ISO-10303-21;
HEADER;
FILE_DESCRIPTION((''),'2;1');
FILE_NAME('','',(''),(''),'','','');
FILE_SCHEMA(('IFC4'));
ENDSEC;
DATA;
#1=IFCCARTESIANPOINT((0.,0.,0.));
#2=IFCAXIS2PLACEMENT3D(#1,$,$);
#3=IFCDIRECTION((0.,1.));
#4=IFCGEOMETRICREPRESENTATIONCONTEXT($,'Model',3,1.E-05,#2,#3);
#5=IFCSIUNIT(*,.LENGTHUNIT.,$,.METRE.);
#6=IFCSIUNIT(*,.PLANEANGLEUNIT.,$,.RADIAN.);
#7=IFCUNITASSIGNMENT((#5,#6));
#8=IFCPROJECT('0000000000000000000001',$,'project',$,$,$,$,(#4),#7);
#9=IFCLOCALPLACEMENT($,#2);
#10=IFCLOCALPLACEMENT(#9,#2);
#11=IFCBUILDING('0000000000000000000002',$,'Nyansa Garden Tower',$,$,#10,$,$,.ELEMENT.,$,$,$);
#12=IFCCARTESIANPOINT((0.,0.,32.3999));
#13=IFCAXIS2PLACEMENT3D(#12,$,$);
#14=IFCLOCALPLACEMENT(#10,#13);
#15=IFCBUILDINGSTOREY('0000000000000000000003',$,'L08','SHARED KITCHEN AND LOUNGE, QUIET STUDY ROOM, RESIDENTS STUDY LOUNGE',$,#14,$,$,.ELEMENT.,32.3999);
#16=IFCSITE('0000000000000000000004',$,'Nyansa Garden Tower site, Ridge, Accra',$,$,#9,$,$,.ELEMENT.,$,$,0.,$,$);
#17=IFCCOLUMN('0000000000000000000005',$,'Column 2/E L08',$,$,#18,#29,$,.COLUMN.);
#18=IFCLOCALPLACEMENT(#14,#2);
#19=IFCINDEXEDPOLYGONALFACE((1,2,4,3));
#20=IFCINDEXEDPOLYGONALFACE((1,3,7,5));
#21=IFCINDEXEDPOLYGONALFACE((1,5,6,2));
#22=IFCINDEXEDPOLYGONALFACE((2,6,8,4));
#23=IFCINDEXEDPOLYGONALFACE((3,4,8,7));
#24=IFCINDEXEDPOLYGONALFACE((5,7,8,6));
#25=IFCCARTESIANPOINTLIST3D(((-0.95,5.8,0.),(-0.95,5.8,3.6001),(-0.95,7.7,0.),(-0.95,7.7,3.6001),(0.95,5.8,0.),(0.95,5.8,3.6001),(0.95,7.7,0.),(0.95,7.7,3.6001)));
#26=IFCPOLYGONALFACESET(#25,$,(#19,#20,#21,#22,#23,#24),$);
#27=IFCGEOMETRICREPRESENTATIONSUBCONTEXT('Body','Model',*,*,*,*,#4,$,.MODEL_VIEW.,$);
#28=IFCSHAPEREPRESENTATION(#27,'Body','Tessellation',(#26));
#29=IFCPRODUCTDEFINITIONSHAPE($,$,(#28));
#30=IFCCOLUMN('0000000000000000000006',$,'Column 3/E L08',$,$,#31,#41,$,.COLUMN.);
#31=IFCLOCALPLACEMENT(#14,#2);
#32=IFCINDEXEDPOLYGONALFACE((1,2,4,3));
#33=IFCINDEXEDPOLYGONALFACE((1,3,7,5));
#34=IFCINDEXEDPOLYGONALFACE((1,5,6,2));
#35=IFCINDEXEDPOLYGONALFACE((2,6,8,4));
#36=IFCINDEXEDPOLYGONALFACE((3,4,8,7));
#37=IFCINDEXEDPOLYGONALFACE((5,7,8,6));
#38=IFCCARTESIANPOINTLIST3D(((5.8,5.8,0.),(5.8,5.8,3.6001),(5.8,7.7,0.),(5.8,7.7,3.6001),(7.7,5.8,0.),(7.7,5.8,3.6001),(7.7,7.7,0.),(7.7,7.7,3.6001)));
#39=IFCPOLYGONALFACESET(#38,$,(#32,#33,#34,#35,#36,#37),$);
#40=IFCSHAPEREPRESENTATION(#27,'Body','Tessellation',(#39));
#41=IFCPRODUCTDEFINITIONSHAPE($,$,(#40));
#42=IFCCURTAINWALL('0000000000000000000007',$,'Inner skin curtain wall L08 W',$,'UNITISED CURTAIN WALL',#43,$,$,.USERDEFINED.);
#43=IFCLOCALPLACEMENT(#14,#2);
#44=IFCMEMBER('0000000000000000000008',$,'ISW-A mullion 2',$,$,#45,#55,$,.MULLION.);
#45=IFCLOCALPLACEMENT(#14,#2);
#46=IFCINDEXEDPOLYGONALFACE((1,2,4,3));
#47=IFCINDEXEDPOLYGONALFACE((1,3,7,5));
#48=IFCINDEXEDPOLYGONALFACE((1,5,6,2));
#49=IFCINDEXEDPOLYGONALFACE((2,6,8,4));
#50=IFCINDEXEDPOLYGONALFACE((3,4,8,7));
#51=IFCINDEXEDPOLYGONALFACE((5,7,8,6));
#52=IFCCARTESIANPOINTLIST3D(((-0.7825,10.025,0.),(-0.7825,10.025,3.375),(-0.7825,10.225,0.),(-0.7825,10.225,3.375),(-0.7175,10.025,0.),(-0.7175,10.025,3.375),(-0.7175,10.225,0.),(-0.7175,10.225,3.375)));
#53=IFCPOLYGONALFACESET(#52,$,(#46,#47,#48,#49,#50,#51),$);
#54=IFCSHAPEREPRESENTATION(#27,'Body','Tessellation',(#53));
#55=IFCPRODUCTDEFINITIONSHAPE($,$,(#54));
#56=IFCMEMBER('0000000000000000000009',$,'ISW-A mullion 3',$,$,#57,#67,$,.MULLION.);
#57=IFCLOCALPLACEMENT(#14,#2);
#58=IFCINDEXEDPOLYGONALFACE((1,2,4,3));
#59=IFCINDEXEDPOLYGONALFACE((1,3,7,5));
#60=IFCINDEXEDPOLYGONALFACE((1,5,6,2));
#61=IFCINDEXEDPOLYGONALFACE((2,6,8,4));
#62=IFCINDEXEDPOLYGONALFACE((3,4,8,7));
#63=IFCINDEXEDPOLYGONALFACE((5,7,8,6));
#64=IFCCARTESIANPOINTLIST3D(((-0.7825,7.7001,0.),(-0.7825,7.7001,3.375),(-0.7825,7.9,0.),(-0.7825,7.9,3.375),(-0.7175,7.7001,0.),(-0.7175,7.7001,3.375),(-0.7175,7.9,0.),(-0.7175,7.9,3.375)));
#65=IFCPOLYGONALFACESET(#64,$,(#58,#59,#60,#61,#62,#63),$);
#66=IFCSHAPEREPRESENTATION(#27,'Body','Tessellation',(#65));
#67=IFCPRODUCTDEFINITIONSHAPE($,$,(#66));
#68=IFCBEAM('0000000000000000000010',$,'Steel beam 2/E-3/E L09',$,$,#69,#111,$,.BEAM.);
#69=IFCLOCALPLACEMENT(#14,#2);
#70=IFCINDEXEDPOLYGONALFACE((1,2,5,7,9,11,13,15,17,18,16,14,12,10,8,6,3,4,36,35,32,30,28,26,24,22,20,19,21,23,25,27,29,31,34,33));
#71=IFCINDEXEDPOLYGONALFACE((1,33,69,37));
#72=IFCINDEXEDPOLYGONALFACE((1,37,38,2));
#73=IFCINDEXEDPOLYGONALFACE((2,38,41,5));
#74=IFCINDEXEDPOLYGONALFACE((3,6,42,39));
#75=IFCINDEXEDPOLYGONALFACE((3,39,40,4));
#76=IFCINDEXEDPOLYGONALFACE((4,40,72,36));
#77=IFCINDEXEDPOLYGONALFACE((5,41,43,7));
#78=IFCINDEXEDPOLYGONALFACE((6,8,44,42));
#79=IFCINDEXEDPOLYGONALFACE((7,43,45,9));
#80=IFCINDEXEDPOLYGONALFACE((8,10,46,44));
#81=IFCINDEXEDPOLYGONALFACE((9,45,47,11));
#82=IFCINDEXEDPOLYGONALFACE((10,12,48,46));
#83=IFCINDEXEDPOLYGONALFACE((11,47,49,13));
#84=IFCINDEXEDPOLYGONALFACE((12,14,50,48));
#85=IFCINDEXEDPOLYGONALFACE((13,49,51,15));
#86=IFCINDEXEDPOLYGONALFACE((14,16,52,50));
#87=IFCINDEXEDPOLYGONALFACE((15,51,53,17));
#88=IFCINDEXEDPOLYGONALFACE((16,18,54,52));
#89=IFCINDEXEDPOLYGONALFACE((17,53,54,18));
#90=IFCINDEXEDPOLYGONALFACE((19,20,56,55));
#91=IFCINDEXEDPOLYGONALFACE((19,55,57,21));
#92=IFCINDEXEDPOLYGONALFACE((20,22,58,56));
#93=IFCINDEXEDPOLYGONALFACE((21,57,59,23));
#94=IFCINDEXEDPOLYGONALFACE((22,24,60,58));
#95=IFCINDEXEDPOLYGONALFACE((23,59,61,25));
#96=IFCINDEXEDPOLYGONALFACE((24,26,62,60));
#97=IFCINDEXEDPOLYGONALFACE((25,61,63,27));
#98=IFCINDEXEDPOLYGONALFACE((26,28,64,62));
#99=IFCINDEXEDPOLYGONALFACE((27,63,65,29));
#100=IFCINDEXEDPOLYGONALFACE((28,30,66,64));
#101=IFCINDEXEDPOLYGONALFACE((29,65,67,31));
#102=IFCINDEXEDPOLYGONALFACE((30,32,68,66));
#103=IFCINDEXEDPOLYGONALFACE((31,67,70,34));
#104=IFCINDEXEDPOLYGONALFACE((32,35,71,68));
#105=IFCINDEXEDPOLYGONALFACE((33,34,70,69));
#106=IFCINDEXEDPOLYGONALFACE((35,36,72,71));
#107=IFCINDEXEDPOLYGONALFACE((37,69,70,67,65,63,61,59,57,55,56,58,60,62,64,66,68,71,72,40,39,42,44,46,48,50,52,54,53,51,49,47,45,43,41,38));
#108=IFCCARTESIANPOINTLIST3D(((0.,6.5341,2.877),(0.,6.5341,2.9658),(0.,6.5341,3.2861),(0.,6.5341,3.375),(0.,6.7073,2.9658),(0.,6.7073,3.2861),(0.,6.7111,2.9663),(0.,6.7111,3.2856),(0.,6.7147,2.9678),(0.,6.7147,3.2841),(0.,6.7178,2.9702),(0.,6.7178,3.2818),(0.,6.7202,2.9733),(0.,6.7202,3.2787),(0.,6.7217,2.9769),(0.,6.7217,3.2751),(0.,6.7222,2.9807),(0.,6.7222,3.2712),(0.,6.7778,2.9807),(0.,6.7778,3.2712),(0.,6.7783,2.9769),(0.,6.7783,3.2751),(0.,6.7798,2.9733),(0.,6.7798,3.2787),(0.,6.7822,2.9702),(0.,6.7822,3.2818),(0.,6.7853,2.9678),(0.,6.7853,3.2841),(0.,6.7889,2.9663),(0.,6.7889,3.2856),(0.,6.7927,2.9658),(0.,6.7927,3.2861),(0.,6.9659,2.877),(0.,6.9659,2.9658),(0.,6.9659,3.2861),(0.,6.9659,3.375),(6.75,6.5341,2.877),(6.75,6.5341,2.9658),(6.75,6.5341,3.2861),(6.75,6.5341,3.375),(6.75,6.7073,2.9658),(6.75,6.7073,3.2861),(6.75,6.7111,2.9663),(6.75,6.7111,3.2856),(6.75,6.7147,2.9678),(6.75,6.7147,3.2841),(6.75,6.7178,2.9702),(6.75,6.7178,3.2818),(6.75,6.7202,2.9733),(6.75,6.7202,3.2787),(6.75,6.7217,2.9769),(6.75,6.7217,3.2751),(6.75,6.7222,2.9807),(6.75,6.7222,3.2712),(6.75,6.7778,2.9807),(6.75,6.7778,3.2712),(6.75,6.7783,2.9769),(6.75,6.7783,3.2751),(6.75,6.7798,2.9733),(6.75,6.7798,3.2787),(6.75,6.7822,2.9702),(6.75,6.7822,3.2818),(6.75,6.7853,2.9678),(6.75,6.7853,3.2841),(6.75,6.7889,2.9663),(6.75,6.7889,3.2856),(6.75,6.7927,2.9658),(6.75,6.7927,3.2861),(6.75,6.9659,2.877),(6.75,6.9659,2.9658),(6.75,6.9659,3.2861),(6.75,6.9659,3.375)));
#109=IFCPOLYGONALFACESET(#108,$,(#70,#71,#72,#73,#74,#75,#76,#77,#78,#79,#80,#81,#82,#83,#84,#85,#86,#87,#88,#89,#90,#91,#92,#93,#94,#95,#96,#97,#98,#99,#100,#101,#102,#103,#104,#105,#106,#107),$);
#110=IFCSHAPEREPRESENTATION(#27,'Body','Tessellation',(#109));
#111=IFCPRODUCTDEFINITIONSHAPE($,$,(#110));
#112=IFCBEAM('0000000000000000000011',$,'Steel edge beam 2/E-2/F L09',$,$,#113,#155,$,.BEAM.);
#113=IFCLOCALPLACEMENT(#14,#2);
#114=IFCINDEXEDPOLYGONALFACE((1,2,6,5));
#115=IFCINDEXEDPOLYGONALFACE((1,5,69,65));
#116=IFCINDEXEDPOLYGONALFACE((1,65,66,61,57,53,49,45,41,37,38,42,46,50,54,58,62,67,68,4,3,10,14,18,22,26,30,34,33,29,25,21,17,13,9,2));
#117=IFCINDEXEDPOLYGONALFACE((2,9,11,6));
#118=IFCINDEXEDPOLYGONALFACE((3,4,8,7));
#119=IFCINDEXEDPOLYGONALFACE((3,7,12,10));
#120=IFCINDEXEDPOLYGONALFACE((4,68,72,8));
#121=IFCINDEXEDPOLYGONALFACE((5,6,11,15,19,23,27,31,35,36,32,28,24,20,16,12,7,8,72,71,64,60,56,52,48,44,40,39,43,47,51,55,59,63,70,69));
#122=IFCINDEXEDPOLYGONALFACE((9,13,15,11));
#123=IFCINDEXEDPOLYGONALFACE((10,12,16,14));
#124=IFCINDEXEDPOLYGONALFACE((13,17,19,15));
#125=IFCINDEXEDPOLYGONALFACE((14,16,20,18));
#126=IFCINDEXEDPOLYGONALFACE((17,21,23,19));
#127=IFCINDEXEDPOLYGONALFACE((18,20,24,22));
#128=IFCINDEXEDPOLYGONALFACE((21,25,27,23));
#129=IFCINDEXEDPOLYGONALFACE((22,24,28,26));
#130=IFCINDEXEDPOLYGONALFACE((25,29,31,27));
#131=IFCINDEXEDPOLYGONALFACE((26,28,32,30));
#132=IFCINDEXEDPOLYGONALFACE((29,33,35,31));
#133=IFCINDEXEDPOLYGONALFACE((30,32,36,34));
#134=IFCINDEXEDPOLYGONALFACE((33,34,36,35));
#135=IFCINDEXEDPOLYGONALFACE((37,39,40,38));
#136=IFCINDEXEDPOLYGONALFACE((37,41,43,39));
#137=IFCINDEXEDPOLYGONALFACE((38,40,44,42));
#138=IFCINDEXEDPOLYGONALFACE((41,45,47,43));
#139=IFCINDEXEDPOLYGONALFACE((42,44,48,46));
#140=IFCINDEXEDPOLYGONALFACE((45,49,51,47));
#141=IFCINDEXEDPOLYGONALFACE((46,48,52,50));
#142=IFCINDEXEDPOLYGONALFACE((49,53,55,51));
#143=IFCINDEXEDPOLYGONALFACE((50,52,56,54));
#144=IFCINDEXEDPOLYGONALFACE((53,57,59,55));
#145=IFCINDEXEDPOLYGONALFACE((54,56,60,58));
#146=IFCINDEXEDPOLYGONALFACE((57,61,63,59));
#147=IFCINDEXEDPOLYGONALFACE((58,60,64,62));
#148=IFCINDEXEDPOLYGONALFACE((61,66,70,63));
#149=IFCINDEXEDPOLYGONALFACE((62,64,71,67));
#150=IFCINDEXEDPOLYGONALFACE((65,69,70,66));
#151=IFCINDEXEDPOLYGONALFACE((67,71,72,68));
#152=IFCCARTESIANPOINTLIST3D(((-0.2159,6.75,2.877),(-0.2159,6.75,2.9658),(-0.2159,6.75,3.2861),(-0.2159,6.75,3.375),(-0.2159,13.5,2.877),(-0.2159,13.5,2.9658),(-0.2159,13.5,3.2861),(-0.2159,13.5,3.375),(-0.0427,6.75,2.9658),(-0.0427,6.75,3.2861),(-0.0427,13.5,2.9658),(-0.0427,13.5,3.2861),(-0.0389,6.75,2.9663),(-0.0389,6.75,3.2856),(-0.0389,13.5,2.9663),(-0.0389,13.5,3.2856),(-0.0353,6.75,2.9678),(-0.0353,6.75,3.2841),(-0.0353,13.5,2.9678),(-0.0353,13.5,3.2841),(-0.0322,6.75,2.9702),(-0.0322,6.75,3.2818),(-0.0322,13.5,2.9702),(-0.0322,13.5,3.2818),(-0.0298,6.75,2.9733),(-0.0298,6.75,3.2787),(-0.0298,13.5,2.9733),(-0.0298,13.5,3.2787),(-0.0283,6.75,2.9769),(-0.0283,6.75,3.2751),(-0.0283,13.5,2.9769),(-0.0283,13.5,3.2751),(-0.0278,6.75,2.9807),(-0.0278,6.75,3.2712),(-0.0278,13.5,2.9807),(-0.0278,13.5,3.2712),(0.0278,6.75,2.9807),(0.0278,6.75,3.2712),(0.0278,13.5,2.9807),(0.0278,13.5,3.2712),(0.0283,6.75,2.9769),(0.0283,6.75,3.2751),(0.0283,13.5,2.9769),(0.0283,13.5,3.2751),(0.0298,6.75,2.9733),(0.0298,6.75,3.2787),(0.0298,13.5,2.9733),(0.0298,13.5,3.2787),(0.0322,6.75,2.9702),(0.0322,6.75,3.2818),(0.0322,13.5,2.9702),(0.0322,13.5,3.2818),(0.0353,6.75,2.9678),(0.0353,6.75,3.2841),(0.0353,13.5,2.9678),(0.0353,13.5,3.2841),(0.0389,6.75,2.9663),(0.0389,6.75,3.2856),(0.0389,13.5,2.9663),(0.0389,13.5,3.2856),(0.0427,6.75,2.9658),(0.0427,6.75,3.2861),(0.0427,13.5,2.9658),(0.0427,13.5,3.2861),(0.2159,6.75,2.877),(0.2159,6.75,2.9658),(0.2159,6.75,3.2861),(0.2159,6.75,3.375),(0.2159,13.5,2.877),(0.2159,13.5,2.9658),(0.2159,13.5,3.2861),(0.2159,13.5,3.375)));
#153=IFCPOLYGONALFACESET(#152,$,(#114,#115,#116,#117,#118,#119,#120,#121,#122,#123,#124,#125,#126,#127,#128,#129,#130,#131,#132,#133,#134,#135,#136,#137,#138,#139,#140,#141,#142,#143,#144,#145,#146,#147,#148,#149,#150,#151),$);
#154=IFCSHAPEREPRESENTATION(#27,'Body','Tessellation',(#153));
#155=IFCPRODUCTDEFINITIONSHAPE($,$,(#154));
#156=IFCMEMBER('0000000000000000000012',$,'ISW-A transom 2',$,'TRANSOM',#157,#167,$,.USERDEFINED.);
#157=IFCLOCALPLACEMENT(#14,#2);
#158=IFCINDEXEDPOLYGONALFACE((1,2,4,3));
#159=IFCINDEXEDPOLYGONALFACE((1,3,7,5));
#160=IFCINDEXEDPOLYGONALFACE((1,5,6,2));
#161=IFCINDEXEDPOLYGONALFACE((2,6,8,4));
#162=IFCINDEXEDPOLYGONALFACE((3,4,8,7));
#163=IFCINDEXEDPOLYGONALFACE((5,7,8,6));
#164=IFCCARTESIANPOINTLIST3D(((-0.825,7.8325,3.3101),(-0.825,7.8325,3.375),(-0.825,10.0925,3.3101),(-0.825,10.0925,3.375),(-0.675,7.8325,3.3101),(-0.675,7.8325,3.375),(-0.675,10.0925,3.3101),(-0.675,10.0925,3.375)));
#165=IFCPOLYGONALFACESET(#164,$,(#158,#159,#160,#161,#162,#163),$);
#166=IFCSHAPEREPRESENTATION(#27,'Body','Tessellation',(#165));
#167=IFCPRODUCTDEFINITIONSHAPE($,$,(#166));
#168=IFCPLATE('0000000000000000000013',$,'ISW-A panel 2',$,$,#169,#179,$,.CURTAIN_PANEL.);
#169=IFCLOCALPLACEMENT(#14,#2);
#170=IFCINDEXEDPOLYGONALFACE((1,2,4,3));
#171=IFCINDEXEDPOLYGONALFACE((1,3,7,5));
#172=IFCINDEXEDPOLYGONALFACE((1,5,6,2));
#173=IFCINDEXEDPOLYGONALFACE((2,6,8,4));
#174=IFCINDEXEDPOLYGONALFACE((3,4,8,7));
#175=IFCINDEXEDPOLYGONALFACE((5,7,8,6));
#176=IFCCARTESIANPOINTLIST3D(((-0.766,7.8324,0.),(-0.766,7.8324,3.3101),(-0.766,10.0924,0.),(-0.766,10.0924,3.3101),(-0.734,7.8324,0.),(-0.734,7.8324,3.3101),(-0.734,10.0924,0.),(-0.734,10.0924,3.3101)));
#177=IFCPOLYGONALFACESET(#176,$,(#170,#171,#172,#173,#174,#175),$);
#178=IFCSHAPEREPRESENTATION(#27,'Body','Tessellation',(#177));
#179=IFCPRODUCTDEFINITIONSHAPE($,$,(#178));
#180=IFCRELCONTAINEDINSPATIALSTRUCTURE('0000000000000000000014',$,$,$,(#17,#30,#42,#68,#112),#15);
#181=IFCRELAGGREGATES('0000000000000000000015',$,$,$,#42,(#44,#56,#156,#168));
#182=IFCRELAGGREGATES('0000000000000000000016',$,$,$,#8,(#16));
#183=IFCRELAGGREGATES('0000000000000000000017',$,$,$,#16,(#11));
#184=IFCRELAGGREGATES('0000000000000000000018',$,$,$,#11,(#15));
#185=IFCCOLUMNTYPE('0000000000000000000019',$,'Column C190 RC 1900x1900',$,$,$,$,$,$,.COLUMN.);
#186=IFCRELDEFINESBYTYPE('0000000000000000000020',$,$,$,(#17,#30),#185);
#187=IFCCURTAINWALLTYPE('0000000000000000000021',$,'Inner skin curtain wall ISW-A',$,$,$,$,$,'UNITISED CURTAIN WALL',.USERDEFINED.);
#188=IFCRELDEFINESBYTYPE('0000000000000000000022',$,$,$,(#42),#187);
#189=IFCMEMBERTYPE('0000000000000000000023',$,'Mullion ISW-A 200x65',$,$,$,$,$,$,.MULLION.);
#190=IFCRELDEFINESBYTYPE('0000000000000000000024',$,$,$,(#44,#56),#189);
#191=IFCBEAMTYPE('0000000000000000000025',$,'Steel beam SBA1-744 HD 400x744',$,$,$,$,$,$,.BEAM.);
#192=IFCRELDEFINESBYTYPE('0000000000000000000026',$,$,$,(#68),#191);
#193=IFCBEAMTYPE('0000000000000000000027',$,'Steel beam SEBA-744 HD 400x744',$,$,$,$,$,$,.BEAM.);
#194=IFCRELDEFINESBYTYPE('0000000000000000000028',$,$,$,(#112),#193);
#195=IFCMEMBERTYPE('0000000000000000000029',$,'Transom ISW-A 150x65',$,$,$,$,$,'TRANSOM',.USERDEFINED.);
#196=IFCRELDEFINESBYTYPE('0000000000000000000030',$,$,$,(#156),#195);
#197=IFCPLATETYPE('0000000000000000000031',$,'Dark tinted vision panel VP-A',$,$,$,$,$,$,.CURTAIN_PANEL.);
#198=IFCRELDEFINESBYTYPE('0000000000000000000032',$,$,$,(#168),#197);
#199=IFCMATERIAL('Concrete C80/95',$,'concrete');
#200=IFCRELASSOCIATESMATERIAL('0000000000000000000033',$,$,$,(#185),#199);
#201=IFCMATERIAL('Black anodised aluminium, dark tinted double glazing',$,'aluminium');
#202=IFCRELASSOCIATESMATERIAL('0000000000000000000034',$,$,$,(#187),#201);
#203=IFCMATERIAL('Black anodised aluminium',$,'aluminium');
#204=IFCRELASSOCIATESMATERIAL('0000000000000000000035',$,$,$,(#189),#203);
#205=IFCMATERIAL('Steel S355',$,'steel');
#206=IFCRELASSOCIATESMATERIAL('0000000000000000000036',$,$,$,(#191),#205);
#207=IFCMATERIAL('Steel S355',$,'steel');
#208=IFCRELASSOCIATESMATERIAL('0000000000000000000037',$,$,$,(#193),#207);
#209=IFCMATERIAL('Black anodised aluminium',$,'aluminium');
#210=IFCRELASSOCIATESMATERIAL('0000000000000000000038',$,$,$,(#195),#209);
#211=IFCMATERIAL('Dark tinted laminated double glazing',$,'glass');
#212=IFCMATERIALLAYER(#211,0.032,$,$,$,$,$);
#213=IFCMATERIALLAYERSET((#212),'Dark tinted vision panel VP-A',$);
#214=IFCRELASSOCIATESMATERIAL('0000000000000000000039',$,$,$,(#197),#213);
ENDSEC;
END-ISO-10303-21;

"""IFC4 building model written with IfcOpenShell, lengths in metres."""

from ifc_helpers import new_model, si_unit, direction, frame, origin, origin_2d, place, context, subcontext, project, spatial, rectangle, i_section, extrude, material, layer, layer_set, material_profile, profile_set, type_object, element, aggregate, save


model = new_model("IFC4")

# Units and contexts
model_context = context("Model", 3, precision=1e-05, world=origin(), true_north=direction((0.0, 1.0)))
body_context = subcontext(model_context, "Body", "Model", "MODEL_VIEW")
ifc_project = project(units=[si_unit("LENGTHUNIT", "METRE"), si_unit("PLANEANGLEUNIT", "RADIAN")], contexts=[model_context])

# Site, building, storey
site_placement = place(None, origin())
site = spatial("IfcSite", under=ifc_project, at=site_placement, Name="Nyansa Garden Tower site, Ridge, Accra", CompositionType="ELEMENT", RefElevation=0.0)
building_placement = place(site_placement, origin())
building = spatial("IfcBuilding", under=site, at=building_placement, Name="Nyansa Garden Tower", CompositionType="ELEMENT")
storey_placement = place(building_placement, frame((0.0, 0.0, 32.3999)))
storey = spatial("IfcBuildingStorey", under=building, at=storey_placement, Name="L08", Description="SHARED KITCHEN AND LOUNGE, QUIET STUDY ROOM, RESIDENTS STUDY LOUNGE", CompositionType="ELEMENT", Elevation=32.3999)

# Columns
ifc_material_1 = material(Name="Concrete C80/95", Category="concrete")
ifc_material_profile_1 = material_profile(ifc_material_1, rectangle(XDim=1.8999, YDim=1.8999, at=origin_2d()), Name="RC 1900x1900")
ifc_profile_set_1 = profile_set([ifc_material_profile_1], Name="Concrete C80/95")
column_type = type_object("IfcColumnType", Name="Column C190 RC 1900x1900", PredefinedType="COLUMN", material=ifc_profile_set_1)
for number, where, z_axis, x_axis, name in (
    (1, (0.0, 6.75, 0.0), (0.0, 0.0, 1.0), (1.0, 0.0, 0.0), "Column 2/E L08"),
    (2, (6.75, 6.75, 0.0), (0.0, 0.0, 1.0), (1.0, 0.0, 0.0), "Column 3/E L08"),
):
    element("IfcColumn", number, at=place(storey_placement, frame(where, z_axis=z_axis, x_axis=x_axis)), inside=storey, type_object=column_type, Name=name, PredefinedType="COLUMN", context=body_context, shape_type="SweptSolid", body=[
        extrude(rectangle(XDim=1.8999, YDim=1.8999, at=origin_2d()), origin(), (0.0, 0.0, 1.0), 3.6001),
    ])

# Curtain wall, members
ifc_material_2 = material(Name="Black anodised aluminium, dark tinted double glazing", Category="aluminium")
curtain_wall_type = type_object("IfcCurtainWallType", Name="Inner skin curtain wall ISW-A", ElementType="UNITISED CURTAIN WALL", PredefinedType="USERDEFINED", material=ifc_material_2)
curtain_wall_placement = place(storey_placement, origin())
curtain_wall = element("IfcCurtainWall", 3, at=curtain_wall_placement, inside=storey, type_object=curtain_wall_type, Name="Inner skin curtain wall L08 W", ObjectType="UNITISED CURTAIN WALL", PredefinedType="USERDEFINED")
ifc_material_3 = material(Name="Black anodised aluminium", Category="aluminium")
ifc_material_profile_2 = material_profile(ifc_material_3, rectangle(XDim=0.0649, YDim=0.2, at=origin_2d()), Name="Mullion 200x65")
ifc_profile_set_2 = profile_set([ifc_material_profile_2], Name="Black anodised aluminium")
member_type_1 = type_object("IfcMemberType", Name="Mullion ISW-A 200x65", PredefinedType="MULLION", material=ifc_profile_set_2)
member_1_placement = place(storey_placement, frame((-0.75, 10.125, 0.0), z_axis=(0.0, 0.0, 1.0), x_axis=(1.0, 0.0, 0.0)))
member_1 = element("IfcMember", 4, at=member_1_placement, type_object=member_type_1, Name="ISW-A mullion 2", PredefinedType="MULLION", context=body_context, shape_type="SweptSolid", body=[
    extrude(rectangle(XDim=0.0649, YDim=0.2, at=origin_2d()), origin(), (0.0, 0.0, 1.0), 3.375),
])
member_2_placement = place(storey_placement, frame((-0.75, 7.8, 0.0), z_axis=(0.0, 0.0, 1.0), x_axis=(1.0, 0.0, 0.0)))
member_2 = element("IfcMember", 5, at=member_2_placement, type_object=member_type_1, Name="ISW-A mullion 3", PredefinedType="MULLION", context=body_context, shape_type="SweptSolid", body=[
    extrude(rectangle(XDim=0.0649, YDim=0.2, at=origin_2d()), origin(), (0.0, 0.0, 1.0), 3.375),
])

# Beams
ifc_material_4 = material(Name="Steel S355", Category="steel")
ifc_material_profile_3 = material_profile(ifc_material_4, i_section(OverallWidth=0.4319, OverallDepth=0.498, WebThickness=0.0557, FlangeThickness=0.0889, FilletRadius=0.0149, at=origin_2d()), Name="HD 400x744")
ifc_profile_set_3 = profile_set([ifc_material_profile_3], Name="Steel S355")
beam_type_1 = type_object("IfcBeamType", Name="Steel beam SBA1-744 HD 400x744", PredefinedType="BEAM", material=ifc_profile_set_3)
beam_1_placement = place(storey_placement, frame((0.0, 6.75, 3.126), z_axis=(1.0, 0.0, 0.0), x_axis=(0.0, 1.0, 0.0)))
element("IfcBeam", 6, at=beam_1_placement, inside=storey, type_object=beam_type_1, Name="Steel beam 2/E-3/E L09", PredefinedType="BEAM", context=body_context, shape_type="SweptSolid", body=[
    extrude(i_section(OverallWidth=0.4319, OverallDepth=0.498, WebThickness=0.0557, FlangeThickness=0.0889, FilletRadius=0.0149, at=origin_2d()), origin(), (0.0, 0.0, 1.0), 6.75),
])
ifc_material_5 = material(Name="Steel S355", Category="steel")
ifc_material_profile_4 = material_profile(ifc_material_5, i_section(OverallWidth=0.4319, OverallDepth=0.498, WebThickness=0.0557, FlangeThickness=0.0889, FilletRadius=0.0149, at=origin_2d()), Name="HD 400x744")
ifc_profile_set_4 = profile_set([ifc_material_profile_4], Name="Steel S355")
beam_type_2 = type_object("IfcBeamType", Name="Steel beam SEBA-744 HD 400x744", PredefinedType="BEAM", material=ifc_profile_set_4)
beam_2_placement = place(storey_placement, frame((0.0, 6.75, 3.126), z_axis=(0.0, 1.0, 0.0), x_axis=(-1.0, 0.0, 0.0)))
element("IfcBeam", 7, at=beam_2_placement, inside=storey, type_object=beam_type_2, Name="Steel edge beam 2/E-2/F L09", PredefinedType="BEAM", context=body_context, shape_type="SweptSolid", body=[
    extrude(i_section(OverallWidth=0.4319, OverallDepth=0.498, WebThickness=0.0557, FlangeThickness=0.0889, FilletRadius=0.0149, at=origin_2d()), origin(), (0.0, 0.0, 1.0), 6.75),
])

# Member
ifc_material_6 = material(Name="Black anodised aluminium", Category="aluminium")
ifc_material_profile_5 = material_profile(ifc_material_6, rectangle(XDim=0.1499, YDim=0.0649, at=origin_2d()), Name="Transom 150x65")
ifc_profile_set_5 = profile_set([ifc_material_profile_5], Name="Black anodised aluminium")
member_type_2 = type_object("IfcMemberType", Name="Transom ISW-A 150x65", ElementType="TRANSOM", PredefinedType="USERDEFINED", material=ifc_profile_set_5)
member_3_placement = place(storey_placement, frame((-0.75, 10.0925, 3.3425), z_axis=(0.0, -1.0, 0.0), x_axis=(1.0, 0.0, 0.0)))
member_3 = element("IfcMember", 8, at=member_3_placement, type_object=member_type_2, Name="ISW-A transom 2", ObjectType="TRANSOM", PredefinedType="USERDEFINED", context=body_context, shape_type="SweptSolid", body=[
    extrude(rectangle(XDim=0.1499, YDim=0.0649, at=origin_2d()), origin(), (0.0, 0.0, 1.0), 2.26),
])

# Plate
ifc_material_7 = material(Name="Dark tinted laminated double glazing", Category="glass")
ifc_layer_1 = layer(ifc_material_7, 0.032)
ifc_layer_set_1 = layer_set([ifc_layer_1], Name="Dark tinted vision panel VP-A")
plate_type = type_object("IfcPlateType", Name="Dark tinted vision panel VP-A", PredefinedType="CURTAIN_PANEL", material=ifc_layer_set_1)
plate_placement = place(storey_placement, frame((-0.75, 8.9624, 0.0), z_axis=(0.0, 0.0, 1.0), x_axis=(0.0, -1.0, 0.0)))
plate = element("IfcPlate", 9, at=plate_placement, type_object=plate_type, Name="ISW-A panel 2", PredefinedType="CURTAIN_PANEL", context=body_context, shape_type="SweptSolid", body=[
    extrude(rectangle(XDim=2.26, YDim=0.032, at=origin_2d()), origin(), (0.0, 0.0, 1.0), 3.3101),
])
aggregate(curtain_wall, [member_1, member_2, member_3, plate])

save(model, "model.ifc")
